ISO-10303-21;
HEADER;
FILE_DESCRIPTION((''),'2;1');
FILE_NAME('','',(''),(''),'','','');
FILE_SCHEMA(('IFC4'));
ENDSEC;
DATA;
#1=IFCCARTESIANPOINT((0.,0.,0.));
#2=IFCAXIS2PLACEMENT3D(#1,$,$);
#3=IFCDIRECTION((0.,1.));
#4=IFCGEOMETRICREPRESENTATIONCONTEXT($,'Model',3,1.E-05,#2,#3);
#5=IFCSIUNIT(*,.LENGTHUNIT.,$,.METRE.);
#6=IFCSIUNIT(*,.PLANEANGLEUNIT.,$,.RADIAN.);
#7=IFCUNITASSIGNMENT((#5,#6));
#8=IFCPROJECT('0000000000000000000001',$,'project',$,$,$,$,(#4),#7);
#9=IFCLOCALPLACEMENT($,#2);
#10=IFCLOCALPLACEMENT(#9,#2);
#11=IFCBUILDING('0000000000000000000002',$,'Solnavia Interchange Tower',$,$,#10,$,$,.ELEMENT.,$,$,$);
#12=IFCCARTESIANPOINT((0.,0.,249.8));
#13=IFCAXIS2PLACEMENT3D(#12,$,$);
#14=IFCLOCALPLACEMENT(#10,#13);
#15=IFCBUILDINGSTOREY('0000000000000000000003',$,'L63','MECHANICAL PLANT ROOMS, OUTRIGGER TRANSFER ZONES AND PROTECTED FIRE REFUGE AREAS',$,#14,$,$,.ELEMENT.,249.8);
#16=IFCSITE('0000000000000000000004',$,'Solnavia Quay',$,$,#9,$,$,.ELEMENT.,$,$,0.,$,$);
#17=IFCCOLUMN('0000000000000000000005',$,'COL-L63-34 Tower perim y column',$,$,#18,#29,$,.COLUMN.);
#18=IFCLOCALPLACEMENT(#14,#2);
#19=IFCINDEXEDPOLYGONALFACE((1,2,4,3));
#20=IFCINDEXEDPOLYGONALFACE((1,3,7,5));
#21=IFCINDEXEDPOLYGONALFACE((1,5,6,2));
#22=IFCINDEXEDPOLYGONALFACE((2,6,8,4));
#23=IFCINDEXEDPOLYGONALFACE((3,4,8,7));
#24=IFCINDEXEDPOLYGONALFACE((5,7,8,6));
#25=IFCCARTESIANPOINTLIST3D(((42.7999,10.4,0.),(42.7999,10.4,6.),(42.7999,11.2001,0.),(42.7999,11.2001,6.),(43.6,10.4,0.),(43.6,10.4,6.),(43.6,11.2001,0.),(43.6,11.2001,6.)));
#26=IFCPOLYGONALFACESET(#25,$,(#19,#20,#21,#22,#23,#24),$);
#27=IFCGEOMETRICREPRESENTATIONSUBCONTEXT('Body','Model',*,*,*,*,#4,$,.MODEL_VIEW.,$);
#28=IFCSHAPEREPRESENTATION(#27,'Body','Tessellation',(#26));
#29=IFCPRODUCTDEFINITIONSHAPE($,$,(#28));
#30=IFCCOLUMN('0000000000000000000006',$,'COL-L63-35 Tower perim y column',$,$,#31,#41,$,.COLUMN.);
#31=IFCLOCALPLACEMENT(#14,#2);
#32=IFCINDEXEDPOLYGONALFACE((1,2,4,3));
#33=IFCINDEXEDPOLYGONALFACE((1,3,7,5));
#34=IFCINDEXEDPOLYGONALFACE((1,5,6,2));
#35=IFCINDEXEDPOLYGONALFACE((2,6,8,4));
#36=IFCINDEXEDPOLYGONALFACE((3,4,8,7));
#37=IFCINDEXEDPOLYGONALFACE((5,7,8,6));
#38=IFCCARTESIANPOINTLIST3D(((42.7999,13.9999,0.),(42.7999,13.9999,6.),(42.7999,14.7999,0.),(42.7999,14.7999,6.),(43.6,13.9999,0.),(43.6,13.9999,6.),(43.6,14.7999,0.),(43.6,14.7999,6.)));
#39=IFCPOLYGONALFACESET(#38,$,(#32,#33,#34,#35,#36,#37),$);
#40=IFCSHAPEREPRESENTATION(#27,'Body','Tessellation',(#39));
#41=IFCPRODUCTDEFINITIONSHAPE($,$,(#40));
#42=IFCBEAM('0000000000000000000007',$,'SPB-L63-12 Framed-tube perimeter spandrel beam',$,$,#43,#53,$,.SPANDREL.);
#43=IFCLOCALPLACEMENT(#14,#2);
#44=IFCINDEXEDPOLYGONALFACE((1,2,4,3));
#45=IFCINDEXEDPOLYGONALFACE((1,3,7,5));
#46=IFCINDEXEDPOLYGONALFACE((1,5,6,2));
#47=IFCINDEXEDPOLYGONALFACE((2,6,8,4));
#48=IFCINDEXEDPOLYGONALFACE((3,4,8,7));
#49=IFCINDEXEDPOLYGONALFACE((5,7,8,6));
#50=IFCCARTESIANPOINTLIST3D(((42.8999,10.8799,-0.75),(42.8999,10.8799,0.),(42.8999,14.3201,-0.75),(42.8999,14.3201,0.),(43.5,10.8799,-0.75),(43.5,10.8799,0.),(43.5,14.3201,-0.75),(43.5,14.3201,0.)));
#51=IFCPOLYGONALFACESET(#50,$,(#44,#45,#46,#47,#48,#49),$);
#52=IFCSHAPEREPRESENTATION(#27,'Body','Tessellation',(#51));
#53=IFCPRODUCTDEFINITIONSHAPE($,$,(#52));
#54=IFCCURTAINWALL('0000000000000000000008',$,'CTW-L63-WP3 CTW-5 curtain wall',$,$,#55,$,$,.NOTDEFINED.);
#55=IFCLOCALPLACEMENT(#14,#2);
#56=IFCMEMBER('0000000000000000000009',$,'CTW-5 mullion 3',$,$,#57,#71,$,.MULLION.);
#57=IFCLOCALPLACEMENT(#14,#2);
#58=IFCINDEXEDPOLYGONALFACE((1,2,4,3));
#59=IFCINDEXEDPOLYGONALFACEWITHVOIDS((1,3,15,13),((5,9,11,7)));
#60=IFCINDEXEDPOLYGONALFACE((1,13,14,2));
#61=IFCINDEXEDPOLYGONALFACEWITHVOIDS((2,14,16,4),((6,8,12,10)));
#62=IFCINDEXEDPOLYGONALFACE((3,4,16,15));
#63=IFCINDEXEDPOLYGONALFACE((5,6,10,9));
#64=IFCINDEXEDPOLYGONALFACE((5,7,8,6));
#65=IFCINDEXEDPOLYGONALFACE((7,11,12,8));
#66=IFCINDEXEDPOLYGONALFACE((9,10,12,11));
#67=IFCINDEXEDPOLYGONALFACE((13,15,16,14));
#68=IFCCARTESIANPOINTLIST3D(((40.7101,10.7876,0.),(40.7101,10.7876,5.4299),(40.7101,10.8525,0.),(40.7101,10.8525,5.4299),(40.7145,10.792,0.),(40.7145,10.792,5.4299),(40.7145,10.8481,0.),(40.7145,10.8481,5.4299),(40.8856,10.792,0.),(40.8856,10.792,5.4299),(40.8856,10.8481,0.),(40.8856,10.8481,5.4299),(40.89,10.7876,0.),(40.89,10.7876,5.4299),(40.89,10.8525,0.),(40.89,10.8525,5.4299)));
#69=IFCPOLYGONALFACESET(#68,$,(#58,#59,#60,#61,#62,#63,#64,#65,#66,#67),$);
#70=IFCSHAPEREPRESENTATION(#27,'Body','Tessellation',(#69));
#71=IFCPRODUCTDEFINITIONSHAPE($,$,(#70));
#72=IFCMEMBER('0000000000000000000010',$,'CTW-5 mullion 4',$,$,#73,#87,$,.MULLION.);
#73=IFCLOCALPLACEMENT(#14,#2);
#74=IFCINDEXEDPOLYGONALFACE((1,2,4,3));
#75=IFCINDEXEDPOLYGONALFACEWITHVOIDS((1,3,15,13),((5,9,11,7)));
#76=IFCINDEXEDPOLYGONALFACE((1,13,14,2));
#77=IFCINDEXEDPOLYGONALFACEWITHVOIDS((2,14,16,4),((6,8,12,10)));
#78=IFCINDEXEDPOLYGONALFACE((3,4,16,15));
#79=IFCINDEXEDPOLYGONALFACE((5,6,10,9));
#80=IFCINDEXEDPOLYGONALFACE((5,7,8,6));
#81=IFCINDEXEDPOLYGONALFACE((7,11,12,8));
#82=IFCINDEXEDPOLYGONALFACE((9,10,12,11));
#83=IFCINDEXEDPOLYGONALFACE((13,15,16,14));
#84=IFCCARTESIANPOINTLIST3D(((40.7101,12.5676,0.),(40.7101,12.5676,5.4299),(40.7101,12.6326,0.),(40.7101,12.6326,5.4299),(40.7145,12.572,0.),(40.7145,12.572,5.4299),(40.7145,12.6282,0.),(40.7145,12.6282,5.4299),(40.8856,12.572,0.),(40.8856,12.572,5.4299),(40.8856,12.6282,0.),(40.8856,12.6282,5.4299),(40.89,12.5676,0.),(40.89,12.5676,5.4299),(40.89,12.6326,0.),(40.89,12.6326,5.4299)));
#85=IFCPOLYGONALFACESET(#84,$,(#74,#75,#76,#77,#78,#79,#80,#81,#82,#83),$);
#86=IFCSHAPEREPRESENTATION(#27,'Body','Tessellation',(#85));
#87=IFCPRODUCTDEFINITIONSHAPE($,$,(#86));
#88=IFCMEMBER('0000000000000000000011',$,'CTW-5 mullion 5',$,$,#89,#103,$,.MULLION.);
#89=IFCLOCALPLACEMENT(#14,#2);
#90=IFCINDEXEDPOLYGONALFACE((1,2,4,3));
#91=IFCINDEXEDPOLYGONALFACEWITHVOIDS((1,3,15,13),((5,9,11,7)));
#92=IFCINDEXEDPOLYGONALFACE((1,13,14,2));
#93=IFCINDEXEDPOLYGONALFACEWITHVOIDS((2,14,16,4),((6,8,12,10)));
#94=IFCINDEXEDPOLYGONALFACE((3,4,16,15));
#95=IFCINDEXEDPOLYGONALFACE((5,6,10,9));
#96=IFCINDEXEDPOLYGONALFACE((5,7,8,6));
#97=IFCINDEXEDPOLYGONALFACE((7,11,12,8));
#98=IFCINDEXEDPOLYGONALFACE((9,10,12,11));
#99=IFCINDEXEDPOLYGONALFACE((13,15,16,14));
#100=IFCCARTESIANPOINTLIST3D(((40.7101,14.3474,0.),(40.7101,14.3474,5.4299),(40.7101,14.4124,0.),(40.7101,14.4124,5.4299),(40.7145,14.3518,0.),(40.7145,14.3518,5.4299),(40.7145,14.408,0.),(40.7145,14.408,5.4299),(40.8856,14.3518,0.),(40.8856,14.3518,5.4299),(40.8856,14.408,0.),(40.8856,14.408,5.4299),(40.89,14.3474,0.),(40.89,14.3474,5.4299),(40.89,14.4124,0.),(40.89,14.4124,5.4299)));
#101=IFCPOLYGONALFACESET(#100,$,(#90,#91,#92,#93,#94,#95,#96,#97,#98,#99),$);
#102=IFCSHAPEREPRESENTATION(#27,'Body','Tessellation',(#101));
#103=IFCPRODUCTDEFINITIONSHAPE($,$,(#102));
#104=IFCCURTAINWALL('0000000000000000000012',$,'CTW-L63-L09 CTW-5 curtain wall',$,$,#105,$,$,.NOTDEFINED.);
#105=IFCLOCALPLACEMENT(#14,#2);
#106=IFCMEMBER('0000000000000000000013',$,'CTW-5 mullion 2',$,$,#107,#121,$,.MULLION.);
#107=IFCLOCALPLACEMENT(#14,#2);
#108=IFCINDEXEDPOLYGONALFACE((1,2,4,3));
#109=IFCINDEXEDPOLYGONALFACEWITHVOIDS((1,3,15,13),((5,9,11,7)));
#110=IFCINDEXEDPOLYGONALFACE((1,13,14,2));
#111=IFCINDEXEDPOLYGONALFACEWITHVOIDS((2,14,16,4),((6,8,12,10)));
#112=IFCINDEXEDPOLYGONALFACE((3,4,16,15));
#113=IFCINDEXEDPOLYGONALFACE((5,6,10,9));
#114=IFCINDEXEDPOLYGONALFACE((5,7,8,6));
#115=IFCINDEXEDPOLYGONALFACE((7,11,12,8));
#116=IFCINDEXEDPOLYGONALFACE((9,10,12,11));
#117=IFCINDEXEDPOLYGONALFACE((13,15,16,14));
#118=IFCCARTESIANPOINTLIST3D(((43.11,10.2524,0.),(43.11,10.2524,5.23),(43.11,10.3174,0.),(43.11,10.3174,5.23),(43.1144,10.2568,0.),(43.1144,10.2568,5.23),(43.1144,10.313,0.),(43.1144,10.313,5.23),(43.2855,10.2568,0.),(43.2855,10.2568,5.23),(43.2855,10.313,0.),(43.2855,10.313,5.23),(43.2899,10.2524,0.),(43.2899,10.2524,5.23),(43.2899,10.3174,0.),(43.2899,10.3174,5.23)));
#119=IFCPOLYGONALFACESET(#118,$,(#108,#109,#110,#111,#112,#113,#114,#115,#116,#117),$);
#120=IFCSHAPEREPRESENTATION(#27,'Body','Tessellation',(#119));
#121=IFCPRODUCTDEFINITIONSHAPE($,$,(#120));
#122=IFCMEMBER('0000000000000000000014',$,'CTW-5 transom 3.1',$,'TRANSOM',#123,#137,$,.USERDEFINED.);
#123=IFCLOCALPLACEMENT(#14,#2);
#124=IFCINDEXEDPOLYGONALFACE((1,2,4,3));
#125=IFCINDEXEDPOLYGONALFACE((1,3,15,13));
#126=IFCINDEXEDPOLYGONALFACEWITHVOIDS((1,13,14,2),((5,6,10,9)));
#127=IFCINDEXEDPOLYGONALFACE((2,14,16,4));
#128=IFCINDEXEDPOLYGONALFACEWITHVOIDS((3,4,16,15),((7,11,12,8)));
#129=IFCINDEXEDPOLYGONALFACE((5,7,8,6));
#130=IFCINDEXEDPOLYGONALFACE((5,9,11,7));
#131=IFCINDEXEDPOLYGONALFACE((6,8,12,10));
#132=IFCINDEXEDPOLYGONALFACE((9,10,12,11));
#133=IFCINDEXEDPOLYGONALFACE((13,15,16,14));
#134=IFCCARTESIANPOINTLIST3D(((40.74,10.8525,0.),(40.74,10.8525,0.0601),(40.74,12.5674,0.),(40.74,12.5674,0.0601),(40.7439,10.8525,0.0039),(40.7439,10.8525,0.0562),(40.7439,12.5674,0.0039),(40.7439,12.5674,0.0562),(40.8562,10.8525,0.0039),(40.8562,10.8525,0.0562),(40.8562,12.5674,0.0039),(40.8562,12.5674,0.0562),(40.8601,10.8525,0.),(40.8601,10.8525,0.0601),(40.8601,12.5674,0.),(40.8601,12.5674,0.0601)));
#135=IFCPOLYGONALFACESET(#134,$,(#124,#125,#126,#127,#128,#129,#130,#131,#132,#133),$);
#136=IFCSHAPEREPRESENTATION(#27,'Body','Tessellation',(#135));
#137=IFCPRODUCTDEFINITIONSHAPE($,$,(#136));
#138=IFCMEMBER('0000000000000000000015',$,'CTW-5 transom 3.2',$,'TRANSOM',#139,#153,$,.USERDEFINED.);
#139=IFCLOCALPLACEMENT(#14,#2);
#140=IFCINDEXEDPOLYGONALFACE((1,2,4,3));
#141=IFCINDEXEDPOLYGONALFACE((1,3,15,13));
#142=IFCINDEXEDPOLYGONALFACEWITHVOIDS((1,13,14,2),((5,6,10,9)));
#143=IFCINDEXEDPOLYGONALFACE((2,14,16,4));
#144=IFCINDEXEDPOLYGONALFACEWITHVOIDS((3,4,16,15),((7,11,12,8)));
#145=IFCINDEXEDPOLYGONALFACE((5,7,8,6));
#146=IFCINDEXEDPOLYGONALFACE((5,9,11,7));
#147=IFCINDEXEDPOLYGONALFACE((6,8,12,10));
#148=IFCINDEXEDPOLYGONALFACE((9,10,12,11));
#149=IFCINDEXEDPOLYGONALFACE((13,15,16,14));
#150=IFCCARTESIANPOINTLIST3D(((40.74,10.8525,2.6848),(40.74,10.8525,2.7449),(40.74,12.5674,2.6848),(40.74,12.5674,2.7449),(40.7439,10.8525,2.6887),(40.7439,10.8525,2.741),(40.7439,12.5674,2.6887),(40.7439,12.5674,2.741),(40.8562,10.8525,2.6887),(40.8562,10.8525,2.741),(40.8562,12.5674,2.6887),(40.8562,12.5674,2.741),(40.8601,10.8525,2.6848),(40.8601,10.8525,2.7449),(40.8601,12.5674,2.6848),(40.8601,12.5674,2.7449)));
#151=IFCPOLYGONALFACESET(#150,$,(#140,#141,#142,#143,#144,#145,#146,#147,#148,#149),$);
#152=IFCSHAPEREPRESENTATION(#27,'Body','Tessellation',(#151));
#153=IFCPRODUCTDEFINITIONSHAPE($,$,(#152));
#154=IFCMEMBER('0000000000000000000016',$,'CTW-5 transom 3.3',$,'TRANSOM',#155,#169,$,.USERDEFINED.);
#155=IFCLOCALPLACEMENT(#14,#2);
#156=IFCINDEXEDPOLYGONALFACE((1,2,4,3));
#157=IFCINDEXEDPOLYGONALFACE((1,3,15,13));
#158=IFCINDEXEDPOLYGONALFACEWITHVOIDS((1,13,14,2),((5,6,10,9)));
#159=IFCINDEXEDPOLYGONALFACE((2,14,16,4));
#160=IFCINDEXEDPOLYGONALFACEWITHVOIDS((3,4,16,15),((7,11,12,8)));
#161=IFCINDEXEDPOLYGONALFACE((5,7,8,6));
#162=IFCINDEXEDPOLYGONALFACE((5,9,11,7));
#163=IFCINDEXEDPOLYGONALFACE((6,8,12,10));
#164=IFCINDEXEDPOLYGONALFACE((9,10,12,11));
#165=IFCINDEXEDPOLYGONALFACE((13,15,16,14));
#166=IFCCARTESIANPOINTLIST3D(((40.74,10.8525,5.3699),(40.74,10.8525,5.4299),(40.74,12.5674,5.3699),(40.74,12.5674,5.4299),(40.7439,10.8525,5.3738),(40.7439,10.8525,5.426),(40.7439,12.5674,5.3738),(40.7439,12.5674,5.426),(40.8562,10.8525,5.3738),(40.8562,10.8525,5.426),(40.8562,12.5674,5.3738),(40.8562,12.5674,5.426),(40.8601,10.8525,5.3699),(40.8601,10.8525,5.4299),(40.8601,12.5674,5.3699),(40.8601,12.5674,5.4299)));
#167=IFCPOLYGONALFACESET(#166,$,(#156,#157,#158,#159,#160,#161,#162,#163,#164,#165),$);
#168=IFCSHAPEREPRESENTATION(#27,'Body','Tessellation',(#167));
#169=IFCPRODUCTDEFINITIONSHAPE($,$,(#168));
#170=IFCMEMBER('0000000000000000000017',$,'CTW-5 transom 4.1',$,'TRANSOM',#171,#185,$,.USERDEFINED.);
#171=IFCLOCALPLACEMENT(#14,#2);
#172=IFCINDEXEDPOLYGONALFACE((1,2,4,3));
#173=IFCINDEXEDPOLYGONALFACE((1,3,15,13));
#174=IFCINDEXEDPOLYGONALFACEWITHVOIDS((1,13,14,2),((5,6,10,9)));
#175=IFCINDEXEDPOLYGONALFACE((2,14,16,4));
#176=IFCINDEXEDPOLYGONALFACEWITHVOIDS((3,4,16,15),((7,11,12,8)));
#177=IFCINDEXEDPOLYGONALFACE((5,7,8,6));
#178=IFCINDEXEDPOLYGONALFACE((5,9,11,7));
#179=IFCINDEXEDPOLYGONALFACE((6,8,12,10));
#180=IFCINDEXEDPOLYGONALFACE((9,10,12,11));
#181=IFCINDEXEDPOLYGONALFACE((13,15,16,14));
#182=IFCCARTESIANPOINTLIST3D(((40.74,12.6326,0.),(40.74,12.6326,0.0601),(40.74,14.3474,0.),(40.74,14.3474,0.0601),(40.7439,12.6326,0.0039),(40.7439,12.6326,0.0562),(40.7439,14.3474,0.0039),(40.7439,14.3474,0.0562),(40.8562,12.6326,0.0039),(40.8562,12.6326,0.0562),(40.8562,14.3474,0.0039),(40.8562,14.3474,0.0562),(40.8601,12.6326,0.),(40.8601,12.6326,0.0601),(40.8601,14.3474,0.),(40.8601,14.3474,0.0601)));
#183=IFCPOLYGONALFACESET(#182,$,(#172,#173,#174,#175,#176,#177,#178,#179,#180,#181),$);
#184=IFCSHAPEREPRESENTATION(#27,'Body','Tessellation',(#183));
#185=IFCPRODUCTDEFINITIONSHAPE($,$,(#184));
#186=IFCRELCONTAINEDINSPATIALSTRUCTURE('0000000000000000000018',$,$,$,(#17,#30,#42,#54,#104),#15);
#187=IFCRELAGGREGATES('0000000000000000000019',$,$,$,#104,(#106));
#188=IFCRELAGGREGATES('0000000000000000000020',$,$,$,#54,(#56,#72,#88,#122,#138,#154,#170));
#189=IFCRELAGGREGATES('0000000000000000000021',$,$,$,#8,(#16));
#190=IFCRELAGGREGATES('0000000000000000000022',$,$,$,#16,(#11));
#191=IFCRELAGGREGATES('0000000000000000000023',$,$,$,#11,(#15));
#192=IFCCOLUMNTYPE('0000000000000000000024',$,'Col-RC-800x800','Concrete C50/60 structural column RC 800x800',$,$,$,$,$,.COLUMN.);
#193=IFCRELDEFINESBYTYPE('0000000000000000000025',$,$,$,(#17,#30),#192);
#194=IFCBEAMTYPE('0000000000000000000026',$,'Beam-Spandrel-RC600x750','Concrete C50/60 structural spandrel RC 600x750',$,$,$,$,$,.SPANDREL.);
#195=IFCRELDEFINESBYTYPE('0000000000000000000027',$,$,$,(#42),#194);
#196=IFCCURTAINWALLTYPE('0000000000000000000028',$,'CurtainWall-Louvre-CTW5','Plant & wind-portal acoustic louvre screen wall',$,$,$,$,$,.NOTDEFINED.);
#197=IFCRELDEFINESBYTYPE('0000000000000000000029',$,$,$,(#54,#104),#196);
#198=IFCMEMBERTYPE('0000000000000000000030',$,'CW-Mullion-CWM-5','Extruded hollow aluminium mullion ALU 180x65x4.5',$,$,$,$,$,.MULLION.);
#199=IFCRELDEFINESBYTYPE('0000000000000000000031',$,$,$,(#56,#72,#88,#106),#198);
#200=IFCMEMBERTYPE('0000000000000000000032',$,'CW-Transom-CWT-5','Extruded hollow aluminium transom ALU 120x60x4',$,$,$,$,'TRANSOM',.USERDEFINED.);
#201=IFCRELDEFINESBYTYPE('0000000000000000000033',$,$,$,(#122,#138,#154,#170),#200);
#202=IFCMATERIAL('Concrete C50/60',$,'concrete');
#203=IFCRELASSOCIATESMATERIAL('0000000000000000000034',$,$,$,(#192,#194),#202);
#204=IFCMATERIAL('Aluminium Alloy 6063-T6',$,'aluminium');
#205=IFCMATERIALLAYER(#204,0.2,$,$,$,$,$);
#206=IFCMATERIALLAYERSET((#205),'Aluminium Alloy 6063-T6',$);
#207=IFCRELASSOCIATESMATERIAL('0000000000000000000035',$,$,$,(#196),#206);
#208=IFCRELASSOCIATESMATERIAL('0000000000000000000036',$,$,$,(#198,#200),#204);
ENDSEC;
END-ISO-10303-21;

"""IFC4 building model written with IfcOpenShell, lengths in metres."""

from ifc_helpers import new_model, si_unit, direction, frame, origin, origin_2d, place, context, subcontext, project, spatial, rectangle, hollow_rectangle, extrude, material, layer, layer_set, material_profile, profile_set, type_object, element, aggregate, save


model = new_model("IFC4")

# Units and contexts
model_context = context("Model", 3, precision=1e-05, world=origin(), true_north=direction((0.0, 1.0)))
body_context = subcontext(model_context, "Body", "Model", "MODEL_VIEW")
ifc_project = project(units=[si_unit("LENGTHUNIT", "METRE"), si_unit("PLANEANGLEUNIT", "RADIAN")], contexts=[model_context])

# Site, building, storey
site_placement = place(None, origin())
site = spatial("IfcSite", under=ifc_project, at=site_placement, Name="Solnavia Quay", CompositionType="ELEMENT", RefElevation=0.0)
building_placement = place(site_placement, origin())
building = spatial("IfcBuilding", under=site, at=building_placement, Name="Solnavia Interchange Tower", CompositionType="ELEMENT")
storey_placement = place(building_placement, frame((0.0, 0.0, 249.8)))
storey = spatial("IfcBuildingStorey", under=building, at=storey_placement, Name="L63", Description="MECHANICAL PLANT ROOMS, OUTRIGGER TRANSFER ZONES AND PROTECTED FIRE REFUGE AREAS", CompositionType="ELEMENT", Elevation=249.8)

# Columns
ifc_material_1 = material(Name="Concrete C50/60", Category="concrete")
ifc_material_profile_1 = material_profile(ifc_material_1, rectangle(XDim=0.8, YDim=0.8, at=origin_2d()), Name="RC 800x800")
ifc_profile_set_1 = profile_set([ifc_material_profile_1], Name="Concrete C50/60")
column_type = type_object("IfcColumnType", Name="Col-RC-800x800", Description="Concrete C50/60 structural column RC 800x800", PredefinedType="COLUMN", material=ifc_profile_set_1)
for number, where, z_axis, x_axis, name in (
    (1, (43.2, 10.8, 0.0), (0.0, 0.0, 1.0), (0.0, 1.0, 0.0), "COL-L63-34 Tower perim y column"),
    (2, (43.2, 14.3999, 0.0), (0.0, 0.0, 1.0), (0.0, 1.0, 0.0), "COL-L63-35 Tower perim y column"),
):
    element("IfcColumn", number, at=place(storey_placement, frame(where, z_axis=z_axis, x_axis=x_axis)), inside=storey, type_object=column_type, Name=name, PredefinedType="COLUMN", context=body_context, shape_type="SweptSolid", body=[
        extrude(rectangle(XDim=0.8, YDim=0.8, at=origin_2d()), origin(), (0.0, 0.0, 1.0), 6.0),
    ])

# Beam
ifc_material_profile_2 = material_profile(ifc_material_1, rectangle(XDim=0.6001, YDim=0.75, at=origin_2d()), Name="RC 600x750")
ifc_profile_set_2 = profile_set([ifc_material_profile_2], Name="Concrete C50/60")
beam_type = type_object("IfcBeamType", Name="Beam-Spandrel-RC600x750", Description="Concrete C50/60 structural spandrel RC 600x750", PredefinedType="SPANDREL", material=ifc_profile_set_2)
beam_placement = place(storey_placement, frame((43.2, 10.8799, -0.375), z_axis=(0.0, 1.0, 0.0), x_axis=(-1.0, 0.0, 0.0)))
element("IfcBeam", 3, at=beam_placement, inside=storey, type_object=beam_type, Name="SPB-L63-12 Framed-tube perimeter spandrel beam", PredefinedType="SPANDREL", context=body_context, shape_type="SweptSolid", body=[
    extrude(rectangle(XDim=0.6001, YDim=0.75, at=origin_2d()), origin(), (0.0, 0.0, 1.0), 3.4402),
])

# Curtain wall, members
ifc_material_2 = material(Name="Aluminium Alloy 6063-T6", Category="aluminium")
ifc_layer_1 = layer(ifc_material_2, 0.2)
ifc_layer_set_1 = layer_set([ifc_layer_1], Name="Aluminium Alloy 6063-T6")
curtain_wall_type = type_object("IfcCurtainWallType", Name="CurtainWall-Louvre-CTW5", Description="Plant & wind-portal acoustic louvre screen wall", PredefinedType="NOTDEFINED", material=ifc_layer_set_1)
curtain_wall_1_placement = place(storey_placement, origin())
curtain_wall_1 = element("IfcCurtainWall", 4, at=curtain_wall_1_placement, inside=storey, type_object=curtain_wall_type, Name="CTW-L63-WP3 CTW-5 curtain wall", PredefinedType="NOTDEFINED")
ifc_material_profile_3 = material_profile(ifc_material_2, hollow_rectangle(XDim=0.0649, YDim=0.1799, WallThickness=0.0044, at=origin_2d()), Name="ALU 180x65x4.5")
ifc_profile_set_3 = profile_set([ifc_material_profile_3], Name="Aluminium Alloy 6063-T6")
member_type_1 = type_object("IfcMemberType", Name="CW-Mullion-CWM-5", Description="Extruded hollow aluminium mullion ALU 180x65x4.5", PredefinedType="MULLION", material=ifc_profile_set_3)
member_1_placement = place(storey_placement, frame((40.8, 10.8201, 0.0), z_axis=(0.0, 0.0, 1.0), x_axis=(0.0, 1.0, 0.0)))
member_1 = element("IfcMember", 5, at=member_1_placement, type_object=member_type_1, Name="CTW-5 mullion 3", PredefinedType="MULLION", context=body_context, shape_type="SweptSolid", body=[
    extrude(hollow_rectangle(XDim=0.0649, YDim=0.1799, WallThickness=0.0044, at=origin_2d()), origin(), (0.0, 0.0, 1.0), 5.4299),
])
member_2_placement = place(storey_placement, frame((40.8, 12.6001, 0.0), z_axis=(0.0, 0.0, 1.0), x_axis=(0.0, 1.0, 0.0)))
member_2 = element("IfcMember", 6, at=member_2_placement, type_object=member_type_1, Name="CTW-5 mullion 4", PredefinedType="MULLION", context=body_context, shape_type="SweptSolid", body=[
    extrude(hollow_rectangle(XDim=0.0649, YDim=0.1799, WallThickness=0.0044, at=origin_2d()), origin(), (0.0, 0.0, 1.0), 5.4299),
])
member_3_placement = place(storey_placement, frame((40.8, 14.3799, 0.0), z_axis=(0.0, 0.0, 1.0), x_axis=(0.0, 1.0, 0.0)))
member_3 = element("IfcMember", 7, at=member_3_placement, type_object=member_type_1, Name="CTW-5 mullion 5", PredefinedType="MULLION", context=body_context, shape_type="SweptSolid", body=[
    extrude(hollow_rectangle(XDim=0.0649, YDim=0.1799, WallThickness=0.0044, at=origin_2d()), origin(), (0.0, 0.0, 1.0), 5.4299),
])

# Curtain wall, member
curtain_wall_2_placement = place(storey_placement, origin())
curtain_wall_2 = element("IfcCurtainWall", 8, at=curtain_wall_2_placement, inside=storey, type_object=curtain_wall_type, Name="CTW-L63-L09 CTW-5 curtain wall", PredefinedType="NOTDEFINED")
member_4_placement = place(storey_placement, frame((43.2, 10.2849, 0.0), z_axis=(0.0, 0.0, 1.0), x_axis=(0.0, 1.0, 0.0)))
member_4 = element("IfcMember", 9, at=member_4_placement, type_object=member_type_1, Name="CTW-5 mullion 2", PredefinedType="MULLION", context=body_context, shape_type="SweptSolid", body=[
    extrude(hollow_rectangle(XDim=0.0649, YDim=0.1799, WallThickness=0.0044, at=origin_2d()), origin(), (0.0, 0.0, 1.0), 5.23),
])
aggregate(curtain_wall_2, [member_4])

# Members
ifc_material_profile_4 = material_profile(ifc_material_2, hollow_rectangle(XDim=0.0601, YDim=0.1201, WallThickness=0.0039, at=origin_2d()), Name="ALU 120x60x4")
ifc_profile_set_4 = profile_set([ifc_material_profile_4], Name="Aluminium Alloy 6063-T6")
member_type_2 = type_object("IfcMemberType", Name="CW-Transom-CWT-5", Description="Extruded hollow aluminium transom ALU 120x60x4", ElementType="TRANSOM", PredefinedType="USERDEFINED", material=ifc_profile_set_4)
member_5_placement = place(storey_placement, frame((40.8, 10.8525, 0.03), z_axis=(0.0, 1.0, 0.0), x_axis=(0.0, 0.0, 1.0)))
member_5 = element("IfcMember", 10, at=member_5_placement, type_object=member_type_2, Name="CTW-5 transom 3.1", ObjectType="TRANSOM", PredefinedType="USERDEFINED", context=body_context, shape_type="SweptSolid", body=[
    extrude(hollow_rectangle(XDim=0.0601, YDim=0.1201, WallThickness=0.0039, at=origin_2d()), origin(), (0.0, 0.0, 1.0), 1.7148),
])
member_6_placement = place(storey_placement, frame((40.8, 10.8525, 2.7148), z_axis=(0.0, 1.0, 0.0), x_axis=(0.0, 0.0, 1.0)))
member_6 = element("IfcMember", 11, at=member_6_placement, type_object=member_type_2, Name="CTW-5 transom 3.2", ObjectType="TRANSOM", PredefinedType="USERDEFINED", context=body_context, shape_type="SweptSolid", body=[
    extrude(hollow_rectangle(XDim=0.0601, YDim=0.1201, WallThickness=0.0039, at=origin_2d()), origin(), (0.0, 0.0, 1.0), 1.7148),
])
member_7_placement = place(storey_placement, frame((40.8, 10.8525, 5.3999), z_axis=(0.0, 1.0, 0.0), x_axis=(0.0, 0.0, 1.0)))
member_7 = element("IfcMember", 12, at=member_7_placement, type_object=member_type_2, Name="CTW-5 transom 3.3", ObjectType="TRANSOM", PredefinedType="USERDEFINED", context=body_context, shape_type="SweptSolid", body=[
    extrude(hollow_rectangle(XDim=0.0601, YDim=0.1201, WallThickness=0.0039, at=origin_2d()), origin(), (0.0, 0.0, 1.0), 1.7148),
])
member_8_placement = place(storey_placement, frame((40.8, 12.6326, 0.03), z_axis=(0.0, 1.0, 0.0), x_axis=(0.0, 0.0, 1.0)))
member_8 = element("IfcMember", 13, at=member_8_placement, type_object=member_type_2, Name="CTW-5 transom 4.1", ObjectType="TRANSOM", PredefinedType="USERDEFINED", context=body_context, shape_type="SweptSolid", body=[
    extrude(hollow_rectangle(XDim=0.0601, YDim=0.1201, WallThickness=0.0039, at=origin_2d()), origin(), (0.0, 0.0, 1.0), 1.7148),
])

aggregate(curtain_wall_1, [member_1, member_2, member_3, member_5, member_6, member_7, member_8])

save(model, "model.ifc")
